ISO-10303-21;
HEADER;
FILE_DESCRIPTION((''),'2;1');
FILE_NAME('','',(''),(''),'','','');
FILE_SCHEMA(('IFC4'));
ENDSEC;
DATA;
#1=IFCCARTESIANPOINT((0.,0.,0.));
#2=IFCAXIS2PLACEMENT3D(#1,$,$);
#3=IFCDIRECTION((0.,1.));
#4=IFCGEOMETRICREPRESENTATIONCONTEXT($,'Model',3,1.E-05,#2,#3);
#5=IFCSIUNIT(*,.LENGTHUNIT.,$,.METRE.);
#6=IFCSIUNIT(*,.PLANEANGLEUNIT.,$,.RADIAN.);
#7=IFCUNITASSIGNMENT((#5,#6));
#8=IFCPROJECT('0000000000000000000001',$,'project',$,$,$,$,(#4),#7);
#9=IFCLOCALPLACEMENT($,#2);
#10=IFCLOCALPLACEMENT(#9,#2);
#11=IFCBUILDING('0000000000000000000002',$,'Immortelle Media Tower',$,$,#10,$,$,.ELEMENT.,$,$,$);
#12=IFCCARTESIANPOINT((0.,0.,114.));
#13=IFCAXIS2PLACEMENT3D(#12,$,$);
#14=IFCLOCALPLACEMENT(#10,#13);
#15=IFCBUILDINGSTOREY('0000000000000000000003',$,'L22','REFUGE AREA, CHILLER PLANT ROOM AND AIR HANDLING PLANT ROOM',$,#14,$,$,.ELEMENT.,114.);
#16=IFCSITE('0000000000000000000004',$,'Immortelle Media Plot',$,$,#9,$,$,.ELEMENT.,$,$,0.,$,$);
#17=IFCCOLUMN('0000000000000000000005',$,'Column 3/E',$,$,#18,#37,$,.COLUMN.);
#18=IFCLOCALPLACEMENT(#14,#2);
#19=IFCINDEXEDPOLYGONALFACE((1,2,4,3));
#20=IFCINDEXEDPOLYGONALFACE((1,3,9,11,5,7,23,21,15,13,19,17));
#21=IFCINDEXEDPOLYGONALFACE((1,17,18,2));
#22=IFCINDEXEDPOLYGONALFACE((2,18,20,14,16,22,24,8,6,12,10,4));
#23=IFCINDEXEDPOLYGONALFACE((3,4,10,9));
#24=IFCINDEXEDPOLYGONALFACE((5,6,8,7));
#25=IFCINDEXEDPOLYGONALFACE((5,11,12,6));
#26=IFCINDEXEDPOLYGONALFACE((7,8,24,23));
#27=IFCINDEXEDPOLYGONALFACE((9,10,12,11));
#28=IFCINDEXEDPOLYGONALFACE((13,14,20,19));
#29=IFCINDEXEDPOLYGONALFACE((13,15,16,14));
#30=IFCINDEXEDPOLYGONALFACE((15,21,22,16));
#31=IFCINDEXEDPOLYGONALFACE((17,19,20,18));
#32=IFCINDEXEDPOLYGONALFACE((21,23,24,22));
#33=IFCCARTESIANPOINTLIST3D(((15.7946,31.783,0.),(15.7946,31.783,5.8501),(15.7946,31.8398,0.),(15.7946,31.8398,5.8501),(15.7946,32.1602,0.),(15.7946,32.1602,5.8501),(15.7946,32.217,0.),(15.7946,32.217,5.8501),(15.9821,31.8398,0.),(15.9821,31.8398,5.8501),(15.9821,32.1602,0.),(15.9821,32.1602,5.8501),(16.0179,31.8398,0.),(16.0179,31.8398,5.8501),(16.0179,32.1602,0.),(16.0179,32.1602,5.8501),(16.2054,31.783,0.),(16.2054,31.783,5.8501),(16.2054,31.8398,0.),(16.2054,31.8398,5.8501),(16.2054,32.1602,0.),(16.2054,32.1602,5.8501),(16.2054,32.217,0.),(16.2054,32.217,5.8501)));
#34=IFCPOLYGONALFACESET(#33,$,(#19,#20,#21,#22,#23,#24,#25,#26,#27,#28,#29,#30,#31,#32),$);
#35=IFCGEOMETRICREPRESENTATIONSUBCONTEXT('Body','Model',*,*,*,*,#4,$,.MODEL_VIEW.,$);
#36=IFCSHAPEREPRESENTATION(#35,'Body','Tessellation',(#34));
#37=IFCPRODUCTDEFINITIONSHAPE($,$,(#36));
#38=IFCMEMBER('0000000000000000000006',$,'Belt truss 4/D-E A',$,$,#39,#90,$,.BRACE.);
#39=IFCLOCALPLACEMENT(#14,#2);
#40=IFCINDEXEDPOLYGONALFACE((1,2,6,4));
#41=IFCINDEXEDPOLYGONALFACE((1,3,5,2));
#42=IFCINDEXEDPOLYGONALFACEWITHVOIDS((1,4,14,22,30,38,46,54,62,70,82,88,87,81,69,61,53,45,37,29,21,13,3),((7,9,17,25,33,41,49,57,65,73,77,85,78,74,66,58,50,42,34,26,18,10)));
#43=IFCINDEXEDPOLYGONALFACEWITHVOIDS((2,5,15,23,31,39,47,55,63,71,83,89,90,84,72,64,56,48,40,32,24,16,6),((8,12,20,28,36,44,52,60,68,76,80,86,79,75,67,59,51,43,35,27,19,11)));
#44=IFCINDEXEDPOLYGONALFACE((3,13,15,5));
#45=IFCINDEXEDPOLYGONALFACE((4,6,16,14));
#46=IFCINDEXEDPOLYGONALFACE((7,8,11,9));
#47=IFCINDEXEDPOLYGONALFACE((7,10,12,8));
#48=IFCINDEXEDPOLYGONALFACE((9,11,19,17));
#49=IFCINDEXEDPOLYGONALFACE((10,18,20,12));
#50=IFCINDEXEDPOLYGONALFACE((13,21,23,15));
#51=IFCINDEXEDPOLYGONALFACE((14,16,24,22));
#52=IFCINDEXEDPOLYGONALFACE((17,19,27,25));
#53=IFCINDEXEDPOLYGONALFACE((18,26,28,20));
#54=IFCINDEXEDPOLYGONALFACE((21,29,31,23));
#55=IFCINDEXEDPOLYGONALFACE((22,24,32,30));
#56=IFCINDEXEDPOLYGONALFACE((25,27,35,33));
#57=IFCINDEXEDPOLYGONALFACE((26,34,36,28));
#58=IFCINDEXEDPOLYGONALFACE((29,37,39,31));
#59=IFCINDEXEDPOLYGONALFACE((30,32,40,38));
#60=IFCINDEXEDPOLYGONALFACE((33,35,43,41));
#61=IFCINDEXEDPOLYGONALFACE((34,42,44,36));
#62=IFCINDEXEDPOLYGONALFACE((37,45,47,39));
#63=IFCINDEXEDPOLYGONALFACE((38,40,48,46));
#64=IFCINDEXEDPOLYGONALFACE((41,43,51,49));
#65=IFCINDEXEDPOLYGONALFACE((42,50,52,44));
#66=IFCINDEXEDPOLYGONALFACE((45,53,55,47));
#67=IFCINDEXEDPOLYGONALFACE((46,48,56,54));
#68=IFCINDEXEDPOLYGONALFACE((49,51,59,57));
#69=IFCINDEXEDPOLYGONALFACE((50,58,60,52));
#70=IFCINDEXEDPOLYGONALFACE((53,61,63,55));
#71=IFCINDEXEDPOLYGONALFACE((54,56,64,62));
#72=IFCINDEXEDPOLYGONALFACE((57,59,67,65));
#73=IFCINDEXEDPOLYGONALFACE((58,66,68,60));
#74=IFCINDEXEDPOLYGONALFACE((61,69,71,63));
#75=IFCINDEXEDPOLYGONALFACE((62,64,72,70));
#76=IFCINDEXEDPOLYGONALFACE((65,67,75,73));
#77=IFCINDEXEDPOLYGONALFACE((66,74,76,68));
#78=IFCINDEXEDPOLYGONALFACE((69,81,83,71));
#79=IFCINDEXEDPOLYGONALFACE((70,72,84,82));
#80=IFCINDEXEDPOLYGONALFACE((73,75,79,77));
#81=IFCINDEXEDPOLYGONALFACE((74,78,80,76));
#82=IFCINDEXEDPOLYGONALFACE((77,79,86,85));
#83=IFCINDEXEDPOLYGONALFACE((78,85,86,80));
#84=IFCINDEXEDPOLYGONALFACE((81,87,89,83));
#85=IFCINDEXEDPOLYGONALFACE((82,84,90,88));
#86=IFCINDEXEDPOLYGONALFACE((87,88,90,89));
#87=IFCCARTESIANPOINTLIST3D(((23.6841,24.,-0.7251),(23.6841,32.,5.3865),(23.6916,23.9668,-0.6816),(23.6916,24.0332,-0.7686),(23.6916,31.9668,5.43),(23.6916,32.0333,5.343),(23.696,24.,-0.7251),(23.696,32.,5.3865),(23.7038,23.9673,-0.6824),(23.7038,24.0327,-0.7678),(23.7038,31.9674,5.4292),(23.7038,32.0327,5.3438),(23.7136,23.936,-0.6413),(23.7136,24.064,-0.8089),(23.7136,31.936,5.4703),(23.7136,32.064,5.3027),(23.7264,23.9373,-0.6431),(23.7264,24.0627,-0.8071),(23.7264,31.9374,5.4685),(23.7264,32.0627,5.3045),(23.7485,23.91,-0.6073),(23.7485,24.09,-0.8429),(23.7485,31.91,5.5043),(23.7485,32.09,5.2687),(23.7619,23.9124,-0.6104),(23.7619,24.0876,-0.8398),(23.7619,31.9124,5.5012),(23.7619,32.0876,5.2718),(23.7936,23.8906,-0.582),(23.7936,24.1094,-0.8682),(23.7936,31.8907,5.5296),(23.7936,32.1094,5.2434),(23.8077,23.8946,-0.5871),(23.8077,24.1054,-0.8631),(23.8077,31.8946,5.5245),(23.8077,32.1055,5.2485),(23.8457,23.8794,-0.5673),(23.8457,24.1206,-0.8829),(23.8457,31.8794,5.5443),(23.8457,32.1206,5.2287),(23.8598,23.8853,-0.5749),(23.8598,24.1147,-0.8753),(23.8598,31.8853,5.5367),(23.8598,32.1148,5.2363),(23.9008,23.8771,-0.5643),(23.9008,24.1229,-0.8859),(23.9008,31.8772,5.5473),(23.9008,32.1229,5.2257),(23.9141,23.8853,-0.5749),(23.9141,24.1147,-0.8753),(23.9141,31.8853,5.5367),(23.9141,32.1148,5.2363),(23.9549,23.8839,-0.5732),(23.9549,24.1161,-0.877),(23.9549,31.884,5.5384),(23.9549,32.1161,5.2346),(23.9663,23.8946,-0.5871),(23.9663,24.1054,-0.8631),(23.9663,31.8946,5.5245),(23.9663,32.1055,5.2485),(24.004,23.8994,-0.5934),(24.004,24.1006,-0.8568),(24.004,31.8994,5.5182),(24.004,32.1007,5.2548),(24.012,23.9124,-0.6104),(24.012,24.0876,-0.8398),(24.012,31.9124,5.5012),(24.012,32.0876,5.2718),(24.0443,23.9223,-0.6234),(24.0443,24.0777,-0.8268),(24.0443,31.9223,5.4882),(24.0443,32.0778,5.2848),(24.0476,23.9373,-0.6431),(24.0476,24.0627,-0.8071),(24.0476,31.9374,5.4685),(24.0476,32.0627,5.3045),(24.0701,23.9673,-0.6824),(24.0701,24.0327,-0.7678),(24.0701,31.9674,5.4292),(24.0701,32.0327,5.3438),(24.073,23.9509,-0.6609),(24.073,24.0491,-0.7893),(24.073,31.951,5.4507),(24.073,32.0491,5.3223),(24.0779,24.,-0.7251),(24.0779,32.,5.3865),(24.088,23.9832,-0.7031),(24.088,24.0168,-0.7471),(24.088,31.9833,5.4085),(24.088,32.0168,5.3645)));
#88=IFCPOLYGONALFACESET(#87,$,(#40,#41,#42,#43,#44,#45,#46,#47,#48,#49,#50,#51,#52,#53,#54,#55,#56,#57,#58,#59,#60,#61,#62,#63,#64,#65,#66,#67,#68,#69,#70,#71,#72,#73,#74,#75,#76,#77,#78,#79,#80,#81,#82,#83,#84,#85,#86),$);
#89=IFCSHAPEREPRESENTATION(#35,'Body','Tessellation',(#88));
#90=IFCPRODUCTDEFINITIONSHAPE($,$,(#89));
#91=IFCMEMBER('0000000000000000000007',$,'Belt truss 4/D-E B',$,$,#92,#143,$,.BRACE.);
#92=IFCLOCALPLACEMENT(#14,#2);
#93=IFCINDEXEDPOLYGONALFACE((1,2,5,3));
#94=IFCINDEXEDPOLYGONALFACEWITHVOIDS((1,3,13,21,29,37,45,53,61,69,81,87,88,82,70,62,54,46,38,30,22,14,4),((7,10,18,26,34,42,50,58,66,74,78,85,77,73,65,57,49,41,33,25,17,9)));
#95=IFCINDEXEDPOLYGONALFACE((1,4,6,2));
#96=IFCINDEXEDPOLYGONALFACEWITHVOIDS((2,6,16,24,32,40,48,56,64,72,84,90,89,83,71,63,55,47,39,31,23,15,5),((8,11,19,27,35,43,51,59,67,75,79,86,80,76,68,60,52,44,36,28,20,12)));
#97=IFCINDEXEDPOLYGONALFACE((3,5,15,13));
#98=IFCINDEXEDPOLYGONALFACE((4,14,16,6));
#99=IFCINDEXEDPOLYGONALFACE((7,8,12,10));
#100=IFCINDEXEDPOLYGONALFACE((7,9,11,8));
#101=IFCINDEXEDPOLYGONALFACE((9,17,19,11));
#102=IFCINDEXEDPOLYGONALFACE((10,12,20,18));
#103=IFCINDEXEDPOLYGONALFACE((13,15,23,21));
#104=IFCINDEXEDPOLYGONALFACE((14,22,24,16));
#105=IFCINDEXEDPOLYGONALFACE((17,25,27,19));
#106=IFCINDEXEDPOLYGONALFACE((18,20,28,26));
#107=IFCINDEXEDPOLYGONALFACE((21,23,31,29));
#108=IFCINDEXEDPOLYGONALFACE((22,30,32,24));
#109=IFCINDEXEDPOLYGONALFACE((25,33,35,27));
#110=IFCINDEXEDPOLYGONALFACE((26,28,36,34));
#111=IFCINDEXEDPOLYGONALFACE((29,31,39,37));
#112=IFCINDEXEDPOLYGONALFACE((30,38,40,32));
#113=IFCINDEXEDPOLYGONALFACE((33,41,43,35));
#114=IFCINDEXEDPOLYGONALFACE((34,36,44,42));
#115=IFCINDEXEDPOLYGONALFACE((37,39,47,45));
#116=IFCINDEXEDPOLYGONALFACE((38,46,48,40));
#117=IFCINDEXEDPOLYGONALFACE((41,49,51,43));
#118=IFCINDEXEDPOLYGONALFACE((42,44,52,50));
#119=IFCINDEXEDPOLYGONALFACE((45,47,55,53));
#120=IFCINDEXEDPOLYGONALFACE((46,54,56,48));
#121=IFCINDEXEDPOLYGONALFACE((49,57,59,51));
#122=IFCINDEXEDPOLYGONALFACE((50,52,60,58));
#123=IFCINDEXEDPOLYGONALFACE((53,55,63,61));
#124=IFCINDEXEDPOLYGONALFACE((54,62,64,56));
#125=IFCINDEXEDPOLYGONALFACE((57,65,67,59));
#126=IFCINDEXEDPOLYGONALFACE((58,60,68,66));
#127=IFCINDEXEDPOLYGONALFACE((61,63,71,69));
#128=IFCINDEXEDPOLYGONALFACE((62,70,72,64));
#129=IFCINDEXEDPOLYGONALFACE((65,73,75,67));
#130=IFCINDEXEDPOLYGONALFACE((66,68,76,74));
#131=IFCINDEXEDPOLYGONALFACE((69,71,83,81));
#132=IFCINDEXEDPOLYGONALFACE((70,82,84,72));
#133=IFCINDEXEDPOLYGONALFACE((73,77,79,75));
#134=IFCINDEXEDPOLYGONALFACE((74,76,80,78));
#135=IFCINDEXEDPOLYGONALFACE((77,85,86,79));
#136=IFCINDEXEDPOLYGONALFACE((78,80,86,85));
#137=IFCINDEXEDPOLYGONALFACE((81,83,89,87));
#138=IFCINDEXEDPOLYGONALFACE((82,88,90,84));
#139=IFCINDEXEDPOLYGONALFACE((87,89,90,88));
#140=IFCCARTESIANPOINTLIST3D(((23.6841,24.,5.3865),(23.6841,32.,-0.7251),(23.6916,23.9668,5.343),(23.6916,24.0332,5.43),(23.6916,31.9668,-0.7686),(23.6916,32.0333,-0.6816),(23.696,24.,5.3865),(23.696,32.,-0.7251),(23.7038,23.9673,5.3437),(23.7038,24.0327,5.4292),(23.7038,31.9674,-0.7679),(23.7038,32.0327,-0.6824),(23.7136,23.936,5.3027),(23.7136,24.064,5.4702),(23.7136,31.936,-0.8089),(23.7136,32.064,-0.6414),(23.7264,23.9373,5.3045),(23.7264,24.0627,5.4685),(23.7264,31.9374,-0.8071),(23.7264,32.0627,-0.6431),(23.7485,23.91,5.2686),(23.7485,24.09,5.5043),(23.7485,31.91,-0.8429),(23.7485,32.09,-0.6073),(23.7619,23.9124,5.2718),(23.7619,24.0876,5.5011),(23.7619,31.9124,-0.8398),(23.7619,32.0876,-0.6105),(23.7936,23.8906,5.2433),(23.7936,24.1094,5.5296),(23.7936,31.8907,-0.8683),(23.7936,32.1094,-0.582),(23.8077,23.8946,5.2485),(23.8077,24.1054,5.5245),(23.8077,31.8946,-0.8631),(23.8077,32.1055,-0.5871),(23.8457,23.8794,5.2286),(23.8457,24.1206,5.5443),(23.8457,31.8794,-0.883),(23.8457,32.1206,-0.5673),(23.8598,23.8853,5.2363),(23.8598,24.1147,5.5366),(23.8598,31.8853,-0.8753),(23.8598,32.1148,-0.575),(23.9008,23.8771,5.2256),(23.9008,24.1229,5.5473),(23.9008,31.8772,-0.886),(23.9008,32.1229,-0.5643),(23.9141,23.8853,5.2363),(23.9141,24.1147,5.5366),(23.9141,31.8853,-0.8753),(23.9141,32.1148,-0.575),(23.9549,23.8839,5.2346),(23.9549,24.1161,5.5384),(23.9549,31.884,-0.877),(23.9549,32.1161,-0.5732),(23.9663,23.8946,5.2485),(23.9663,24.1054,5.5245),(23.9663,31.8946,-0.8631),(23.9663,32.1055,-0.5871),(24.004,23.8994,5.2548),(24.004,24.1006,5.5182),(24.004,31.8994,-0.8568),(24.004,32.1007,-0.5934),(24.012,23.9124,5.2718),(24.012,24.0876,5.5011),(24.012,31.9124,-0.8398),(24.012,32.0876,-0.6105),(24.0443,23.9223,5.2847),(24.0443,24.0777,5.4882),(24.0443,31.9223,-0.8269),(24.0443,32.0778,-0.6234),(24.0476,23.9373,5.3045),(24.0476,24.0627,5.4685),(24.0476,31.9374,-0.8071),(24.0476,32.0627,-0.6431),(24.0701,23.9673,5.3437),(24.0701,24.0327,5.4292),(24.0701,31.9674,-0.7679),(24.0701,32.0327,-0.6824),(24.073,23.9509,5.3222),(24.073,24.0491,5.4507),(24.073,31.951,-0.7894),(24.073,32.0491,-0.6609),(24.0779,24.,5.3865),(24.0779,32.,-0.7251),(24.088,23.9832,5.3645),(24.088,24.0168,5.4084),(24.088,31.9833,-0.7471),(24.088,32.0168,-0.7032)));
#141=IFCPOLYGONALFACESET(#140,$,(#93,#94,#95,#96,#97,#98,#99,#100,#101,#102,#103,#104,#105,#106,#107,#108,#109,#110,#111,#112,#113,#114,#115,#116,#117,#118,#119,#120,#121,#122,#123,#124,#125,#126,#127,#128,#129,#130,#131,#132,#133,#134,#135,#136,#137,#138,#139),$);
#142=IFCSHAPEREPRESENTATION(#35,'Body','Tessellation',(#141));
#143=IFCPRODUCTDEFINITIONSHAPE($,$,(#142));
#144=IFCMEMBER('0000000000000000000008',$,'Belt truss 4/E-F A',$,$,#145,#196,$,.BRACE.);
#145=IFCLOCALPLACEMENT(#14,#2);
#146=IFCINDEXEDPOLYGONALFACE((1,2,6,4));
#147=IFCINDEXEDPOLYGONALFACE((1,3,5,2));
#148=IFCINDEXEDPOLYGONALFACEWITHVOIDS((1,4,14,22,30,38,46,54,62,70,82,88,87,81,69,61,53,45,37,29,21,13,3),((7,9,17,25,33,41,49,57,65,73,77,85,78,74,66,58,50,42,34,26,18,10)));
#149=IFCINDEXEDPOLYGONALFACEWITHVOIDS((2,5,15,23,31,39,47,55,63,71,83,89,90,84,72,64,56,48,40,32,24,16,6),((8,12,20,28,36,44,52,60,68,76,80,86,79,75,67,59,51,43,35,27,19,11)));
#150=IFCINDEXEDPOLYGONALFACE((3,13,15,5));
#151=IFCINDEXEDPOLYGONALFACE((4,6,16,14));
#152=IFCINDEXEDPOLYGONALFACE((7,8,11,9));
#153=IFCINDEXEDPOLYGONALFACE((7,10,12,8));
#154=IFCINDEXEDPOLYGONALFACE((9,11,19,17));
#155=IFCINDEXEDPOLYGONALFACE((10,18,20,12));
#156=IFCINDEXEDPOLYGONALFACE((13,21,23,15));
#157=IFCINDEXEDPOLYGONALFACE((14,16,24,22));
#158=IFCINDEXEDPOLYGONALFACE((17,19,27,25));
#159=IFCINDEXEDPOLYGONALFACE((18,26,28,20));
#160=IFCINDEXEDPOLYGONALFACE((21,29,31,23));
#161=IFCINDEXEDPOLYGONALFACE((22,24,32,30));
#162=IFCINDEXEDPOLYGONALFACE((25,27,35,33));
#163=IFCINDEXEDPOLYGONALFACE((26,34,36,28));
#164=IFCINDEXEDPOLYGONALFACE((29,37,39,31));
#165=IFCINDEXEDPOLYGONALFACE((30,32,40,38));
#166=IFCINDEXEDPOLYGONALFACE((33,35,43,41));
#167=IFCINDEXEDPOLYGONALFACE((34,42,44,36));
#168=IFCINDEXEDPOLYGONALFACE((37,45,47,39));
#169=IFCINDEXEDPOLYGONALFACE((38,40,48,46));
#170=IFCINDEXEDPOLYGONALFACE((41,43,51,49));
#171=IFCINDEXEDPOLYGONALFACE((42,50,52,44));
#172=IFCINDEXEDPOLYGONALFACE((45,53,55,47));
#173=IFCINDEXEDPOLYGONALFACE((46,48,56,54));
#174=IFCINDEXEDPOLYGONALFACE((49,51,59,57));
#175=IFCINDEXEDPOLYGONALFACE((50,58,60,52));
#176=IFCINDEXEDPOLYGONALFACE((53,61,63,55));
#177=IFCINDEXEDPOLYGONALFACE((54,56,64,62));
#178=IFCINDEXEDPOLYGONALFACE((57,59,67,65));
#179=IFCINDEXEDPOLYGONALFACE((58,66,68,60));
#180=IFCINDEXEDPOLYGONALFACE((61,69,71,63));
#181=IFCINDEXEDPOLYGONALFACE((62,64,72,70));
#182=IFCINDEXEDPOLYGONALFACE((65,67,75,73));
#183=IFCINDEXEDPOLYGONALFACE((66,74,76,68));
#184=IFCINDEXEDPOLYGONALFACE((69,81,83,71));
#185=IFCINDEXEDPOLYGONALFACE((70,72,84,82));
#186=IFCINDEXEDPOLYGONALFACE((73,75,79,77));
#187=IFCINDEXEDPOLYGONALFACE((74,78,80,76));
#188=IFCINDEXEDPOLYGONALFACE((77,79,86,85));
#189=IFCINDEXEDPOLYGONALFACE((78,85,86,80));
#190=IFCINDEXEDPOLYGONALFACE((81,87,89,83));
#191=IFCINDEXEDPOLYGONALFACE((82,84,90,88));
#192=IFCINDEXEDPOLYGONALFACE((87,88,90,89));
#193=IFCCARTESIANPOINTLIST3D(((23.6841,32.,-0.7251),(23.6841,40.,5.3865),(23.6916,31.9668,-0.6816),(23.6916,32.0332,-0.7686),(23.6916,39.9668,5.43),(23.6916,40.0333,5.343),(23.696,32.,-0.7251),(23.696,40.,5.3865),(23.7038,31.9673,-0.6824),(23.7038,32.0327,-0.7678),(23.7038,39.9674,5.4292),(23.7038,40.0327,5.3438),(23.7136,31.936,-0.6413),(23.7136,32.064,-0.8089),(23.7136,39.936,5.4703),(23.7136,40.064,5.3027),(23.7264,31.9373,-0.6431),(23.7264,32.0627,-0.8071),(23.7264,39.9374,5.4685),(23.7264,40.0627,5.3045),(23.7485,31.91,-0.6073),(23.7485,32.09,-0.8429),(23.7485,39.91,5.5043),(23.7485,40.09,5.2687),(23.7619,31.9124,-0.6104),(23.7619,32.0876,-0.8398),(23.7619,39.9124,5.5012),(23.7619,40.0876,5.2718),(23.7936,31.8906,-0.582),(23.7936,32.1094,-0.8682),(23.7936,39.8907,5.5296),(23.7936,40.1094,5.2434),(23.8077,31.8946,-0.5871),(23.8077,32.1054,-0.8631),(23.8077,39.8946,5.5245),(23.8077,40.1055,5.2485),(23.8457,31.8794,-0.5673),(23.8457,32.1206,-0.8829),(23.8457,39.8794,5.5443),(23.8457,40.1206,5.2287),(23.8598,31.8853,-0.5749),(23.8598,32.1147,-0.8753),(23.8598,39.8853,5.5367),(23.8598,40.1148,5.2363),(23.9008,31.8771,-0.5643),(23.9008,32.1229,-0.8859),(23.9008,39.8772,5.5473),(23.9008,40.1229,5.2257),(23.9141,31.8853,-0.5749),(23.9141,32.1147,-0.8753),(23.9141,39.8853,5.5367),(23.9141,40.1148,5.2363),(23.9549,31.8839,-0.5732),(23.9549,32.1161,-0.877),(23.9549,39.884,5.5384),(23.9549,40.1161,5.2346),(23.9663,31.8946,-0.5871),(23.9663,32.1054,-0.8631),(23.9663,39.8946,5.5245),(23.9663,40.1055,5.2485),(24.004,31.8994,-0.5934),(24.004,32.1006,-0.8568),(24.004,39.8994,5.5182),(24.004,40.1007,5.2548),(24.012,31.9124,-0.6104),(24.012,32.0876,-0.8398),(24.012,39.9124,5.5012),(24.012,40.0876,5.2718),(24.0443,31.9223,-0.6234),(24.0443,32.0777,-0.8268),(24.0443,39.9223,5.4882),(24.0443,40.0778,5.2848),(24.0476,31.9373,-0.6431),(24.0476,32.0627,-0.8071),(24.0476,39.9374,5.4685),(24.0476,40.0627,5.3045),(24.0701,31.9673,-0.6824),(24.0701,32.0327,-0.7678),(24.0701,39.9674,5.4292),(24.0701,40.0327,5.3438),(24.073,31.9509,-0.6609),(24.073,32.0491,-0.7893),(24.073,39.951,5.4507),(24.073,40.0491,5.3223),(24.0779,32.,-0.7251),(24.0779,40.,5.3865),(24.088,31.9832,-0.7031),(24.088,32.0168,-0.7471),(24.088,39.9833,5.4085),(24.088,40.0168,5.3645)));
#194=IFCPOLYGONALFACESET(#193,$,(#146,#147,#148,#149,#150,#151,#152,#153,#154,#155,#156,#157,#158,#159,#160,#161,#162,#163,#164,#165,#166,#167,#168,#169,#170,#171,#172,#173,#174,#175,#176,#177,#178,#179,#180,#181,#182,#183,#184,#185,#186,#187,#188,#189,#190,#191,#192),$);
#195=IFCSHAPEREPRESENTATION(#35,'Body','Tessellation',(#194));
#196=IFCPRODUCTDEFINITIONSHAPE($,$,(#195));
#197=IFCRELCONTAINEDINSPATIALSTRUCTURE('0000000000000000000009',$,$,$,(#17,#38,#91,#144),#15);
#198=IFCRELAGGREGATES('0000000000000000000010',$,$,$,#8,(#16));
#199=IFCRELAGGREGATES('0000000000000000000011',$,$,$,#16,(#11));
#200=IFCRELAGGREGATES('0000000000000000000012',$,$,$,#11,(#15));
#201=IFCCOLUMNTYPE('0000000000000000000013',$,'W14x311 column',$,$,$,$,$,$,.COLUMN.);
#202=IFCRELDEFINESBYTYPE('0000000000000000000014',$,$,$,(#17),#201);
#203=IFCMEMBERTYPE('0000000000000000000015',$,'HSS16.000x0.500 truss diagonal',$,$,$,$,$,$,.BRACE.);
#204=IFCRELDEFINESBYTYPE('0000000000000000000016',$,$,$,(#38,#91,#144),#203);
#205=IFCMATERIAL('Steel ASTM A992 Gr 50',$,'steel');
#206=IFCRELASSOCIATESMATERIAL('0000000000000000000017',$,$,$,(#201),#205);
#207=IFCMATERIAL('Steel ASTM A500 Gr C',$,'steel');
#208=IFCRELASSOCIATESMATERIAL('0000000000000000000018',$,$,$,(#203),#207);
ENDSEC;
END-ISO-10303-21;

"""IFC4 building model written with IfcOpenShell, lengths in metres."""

from ifc_helpers import new_model, si_unit, direction, frame, origin, origin_2d, place, context, subcontext, project, spatial, hollow_circle, i_section, extrude, material, material_profile, profile_set, type_object, element, save


model = new_model("IFC4")

# Units and contexts
model_context = context("Model", 3, precision=1e-05, world=origin(), true_north=direction((0.0, 1.0)))
body_context = subcontext(model_context, "Body", "Model", "MODEL_VIEW")
ifc_project = project(units=[si_unit("LENGTHUNIT", "METRE"), si_unit("PLANEANGLEUNIT", "RADIAN")], contexts=[model_context])

# Site, building, storey
site_placement = place(None, origin())
site = spatial("IfcSite", under=ifc_project, at=site_placement, Name="Immortelle Media Plot", CompositionType="ELEMENT", RefElevation=0.0)
building_placement = place(site_placement, origin())
building = spatial("IfcBuilding", under=site, at=building_placement, Name="Immortelle Media Tower", CompositionType="ELEMENT")
storey_placement = place(building_placement, frame((0.0, 0.0, 114.0)))
storey = spatial("IfcBuildingStorey", under=building, at=storey_placement, Name="L22", Description="REFUGE AREA, CHILLER PLANT ROOM AND AIR HANDLING PLANT ROOM", CompositionType="ELEMENT", Elevation=114.0)

# Column
ifc_material_1 = material(Name="Steel ASTM A992 Gr 50", Category="steel")
ifc_material_profile_1 = material_profile(ifc_material_1, i_section(OverallWidth=0.4109, OverallDepth=0.4341, WebThickness=0.0359, FlangeThickness=0.0569, at=origin_2d()), Name="W14x311")
ifc_profile_set_1 = profile_set([ifc_material_profile_1], Name="Steel ASTM A992 Gr 50")
column_type = type_object("IfcColumnType", Name="W14x311 column", PredefinedType="COLUMN", material=ifc_profile_set_1)
column_placement = place(storey_placement, frame((16.0, 32.0, 0.0), z_axis=(0.0, 0.0, 1.0), x_axis=(1.0, 0.0, 0.0)))
element("IfcColumn", 1, at=column_placement, inside=storey, type_object=column_type, Name="Column 3/E", PredefinedType="COLUMN", context=body_context, shape_type="SweptSolid", body=[
    extrude(i_section(OverallWidth=0.4109, OverallDepth=0.4341, WebThickness=0.0359, FlangeThickness=0.0569, at=origin_2d()), origin(), (0.0, 0.0, 1.0), 5.8501),
])

# Members
ifc_material_2 = material(Name="Steel ASTM A500 Gr C", Category="steel")
ifc_material_profile_2 = material_profile(ifc_material_2, hollow_circle(Radius=0.2029, WallThickness=0.012, at=origin_2d()), Name="HSS16.000x0.500 truss diagonal")
ifc_profile_set_2 = profile_set([ifc_material_profile_2], Name="Steel ASTM A500 Gr C")
member_type = type_object("IfcMemberType", Name="HSS16.000x0.500 truss diagonal", PredefinedType="BRACE", material=ifc_profile_set_2)
for number, where, z_axis, x_axis, name in (
    (2, (23.887, 24.0, -0.7251), (0.0, 0.794649, 0.607069), (-1.0, 0.0, 0.0), "Belt truss 4/D-E A"),
    (3, (23.887, 24.0, 5.3865), (0.0, 0.794649, -0.607069), (-1.0, 0.0, 0.0), "Belt truss 4/D-E B"),
    (4, (23.887, 32.0, -0.7251), (0.0, 0.794649, 0.607069), (-1.0, 0.0, 0.0), "Belt truss 4/E-F A"),
):
    element("IfcMember", number, at=place(storey_placement, frame(where, z_axis=z_axis, x_axis=x_axis)), inside=storey, type_object=member_type, Name=name, PredefinedType="BRACE", context=body_context, shape_type="SweptSolid", body=[
        extrude(hollow_circle(Radius=0.2029, WallThickness=0.012, at=origin_2d()), origin(), (0.0, 0.0, 1.0), 10.0674),
    ])

save(model, "model.ifc")
